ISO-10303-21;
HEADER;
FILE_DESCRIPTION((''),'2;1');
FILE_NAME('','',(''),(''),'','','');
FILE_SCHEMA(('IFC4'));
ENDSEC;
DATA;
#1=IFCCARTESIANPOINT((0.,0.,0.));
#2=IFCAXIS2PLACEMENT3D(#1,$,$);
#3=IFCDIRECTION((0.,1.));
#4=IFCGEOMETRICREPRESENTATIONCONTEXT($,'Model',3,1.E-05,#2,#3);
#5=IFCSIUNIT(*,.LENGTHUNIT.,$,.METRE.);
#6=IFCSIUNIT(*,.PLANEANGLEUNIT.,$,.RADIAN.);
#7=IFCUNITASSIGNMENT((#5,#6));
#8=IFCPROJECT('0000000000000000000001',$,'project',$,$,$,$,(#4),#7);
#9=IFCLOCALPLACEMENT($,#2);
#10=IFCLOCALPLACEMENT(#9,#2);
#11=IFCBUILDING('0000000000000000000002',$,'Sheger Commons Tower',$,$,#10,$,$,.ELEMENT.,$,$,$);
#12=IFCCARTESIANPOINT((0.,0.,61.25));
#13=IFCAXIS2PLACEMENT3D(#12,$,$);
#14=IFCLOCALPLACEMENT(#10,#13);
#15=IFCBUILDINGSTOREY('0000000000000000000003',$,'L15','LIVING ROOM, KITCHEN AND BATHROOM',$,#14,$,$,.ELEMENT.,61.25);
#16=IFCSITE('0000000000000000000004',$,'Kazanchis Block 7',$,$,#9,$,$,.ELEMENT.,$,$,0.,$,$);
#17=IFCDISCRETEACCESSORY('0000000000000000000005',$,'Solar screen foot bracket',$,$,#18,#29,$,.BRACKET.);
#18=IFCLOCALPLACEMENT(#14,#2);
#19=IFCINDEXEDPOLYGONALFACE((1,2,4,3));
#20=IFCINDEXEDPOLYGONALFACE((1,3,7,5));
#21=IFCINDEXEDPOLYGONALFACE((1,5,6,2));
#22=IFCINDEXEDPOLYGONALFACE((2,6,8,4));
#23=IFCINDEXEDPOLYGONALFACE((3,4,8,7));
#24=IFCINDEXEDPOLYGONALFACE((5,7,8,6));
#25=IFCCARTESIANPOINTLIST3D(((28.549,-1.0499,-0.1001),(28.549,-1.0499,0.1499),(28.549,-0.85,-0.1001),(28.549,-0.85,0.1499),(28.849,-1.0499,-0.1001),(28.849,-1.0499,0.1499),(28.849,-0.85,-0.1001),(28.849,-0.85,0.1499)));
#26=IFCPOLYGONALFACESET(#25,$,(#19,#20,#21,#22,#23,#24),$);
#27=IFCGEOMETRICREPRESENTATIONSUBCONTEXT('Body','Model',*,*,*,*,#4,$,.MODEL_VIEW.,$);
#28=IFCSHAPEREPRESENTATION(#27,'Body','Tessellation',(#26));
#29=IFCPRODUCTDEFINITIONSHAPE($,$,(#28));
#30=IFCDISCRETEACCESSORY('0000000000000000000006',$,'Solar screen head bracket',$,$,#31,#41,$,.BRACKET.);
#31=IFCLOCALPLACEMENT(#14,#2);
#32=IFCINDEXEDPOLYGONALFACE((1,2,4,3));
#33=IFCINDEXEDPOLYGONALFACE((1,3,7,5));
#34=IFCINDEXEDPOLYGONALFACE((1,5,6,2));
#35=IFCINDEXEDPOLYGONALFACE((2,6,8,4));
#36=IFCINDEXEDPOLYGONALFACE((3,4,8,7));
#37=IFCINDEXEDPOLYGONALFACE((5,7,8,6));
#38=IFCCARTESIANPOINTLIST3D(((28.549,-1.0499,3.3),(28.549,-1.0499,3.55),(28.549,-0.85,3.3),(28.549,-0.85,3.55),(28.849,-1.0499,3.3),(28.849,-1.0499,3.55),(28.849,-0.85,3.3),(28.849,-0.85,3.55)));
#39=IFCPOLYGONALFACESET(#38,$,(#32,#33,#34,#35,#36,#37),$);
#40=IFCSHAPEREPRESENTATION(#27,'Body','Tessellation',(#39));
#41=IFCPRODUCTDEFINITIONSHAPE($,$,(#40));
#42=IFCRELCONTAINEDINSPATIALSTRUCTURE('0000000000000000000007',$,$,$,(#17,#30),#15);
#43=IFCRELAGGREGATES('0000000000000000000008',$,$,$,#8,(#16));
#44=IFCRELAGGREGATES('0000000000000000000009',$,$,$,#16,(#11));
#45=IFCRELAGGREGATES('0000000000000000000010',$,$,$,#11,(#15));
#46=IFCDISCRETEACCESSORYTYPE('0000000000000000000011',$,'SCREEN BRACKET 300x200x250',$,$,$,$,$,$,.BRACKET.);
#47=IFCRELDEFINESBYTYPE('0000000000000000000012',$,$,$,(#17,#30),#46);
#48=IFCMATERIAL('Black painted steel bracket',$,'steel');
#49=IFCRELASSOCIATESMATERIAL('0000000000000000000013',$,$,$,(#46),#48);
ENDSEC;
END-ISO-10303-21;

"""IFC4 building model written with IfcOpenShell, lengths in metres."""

from ifc_helpers import new_model, si_unit, direction, frame, origin, origin_2d, place, context, subcontext, project, spatial, rectangle, extrude, material, type_object, element, save


model = new_model("IFC4")

# Units and contexts
model_context = context("Model", 3, precision=1e-05, world=origin(), true_north=direction((0.0, 1.0)))
body_context = subcontext(model_context, "Body", "Model", "MODEL_VIEW")
ifc_project = project(units=[si_unit("LENGTHUNIT", "METRE"), si_unit("PLANEANGLEUNIT", "RADIAN")], contexts=[model_context])

# Site, building, storey
site_placement = place(None, origin())
site = spatial("IfcSite", under=ifc_project, at=site_placement, Name="Kazanchis Block 7", CompositionType="ELEMENT", RefElevation=0.0)
building_placement = place(site_placement, origin())
building = spatial("IfcBuilding", under=site, at=building_placement, Name="Sheger Commons Tower", CompositionType="ELEMENT")
storey_placement = place(building_placement, frame((0.0, 0.0, 61.25)))
storey = spatial("IfcBuildingStorey", under=building, at=storey_placement, Name="L15", Description="LIVING ROOM, KITCHEN AND BATHROOM", CompositionType="ELEMENT", Elevation=61.25)

# Discrete accessories
ifc_material_1 = material(Name="Black painted steel bracket", Category="steel")
discrete_accessory_type = type_object("IfcDiscreteAccessoryType", Name="SCREEN BRACKET 300x200x250", PredefinedType="BRACKET", material=ifc_material_1)
for number, where, z_axis, x_axis, name in (
    (1, (28.699, -0.95, -0.1001), (0.0, 0.0, 1.0), (1.0, 0.0, 0.0), "Solar screen foot bracket"),
    (2, (28.699, -0.95, 3.3), (0.0, 0.0, 1.0), (1.0, 0.0, 0.0), "Solar screen head bracket"),
):
    element("IfcDiscreteAccessory", number, at=place(storey_placement, frame(where, z_axis=z_axis, x_axis=x_axis)), inside=storey, type_object=discrete_accessory_type, Name=name, PredefinedType="BRACKET", context=body_context, shape_type="SweptSolid", body=[
        extrude(rectangle(XDim=0.3, YDim=0.2, at=origin_2d()), origin(), (0.0, 0.0, 1.0), 0.25),
    ])

save(model, "model.ifc")
